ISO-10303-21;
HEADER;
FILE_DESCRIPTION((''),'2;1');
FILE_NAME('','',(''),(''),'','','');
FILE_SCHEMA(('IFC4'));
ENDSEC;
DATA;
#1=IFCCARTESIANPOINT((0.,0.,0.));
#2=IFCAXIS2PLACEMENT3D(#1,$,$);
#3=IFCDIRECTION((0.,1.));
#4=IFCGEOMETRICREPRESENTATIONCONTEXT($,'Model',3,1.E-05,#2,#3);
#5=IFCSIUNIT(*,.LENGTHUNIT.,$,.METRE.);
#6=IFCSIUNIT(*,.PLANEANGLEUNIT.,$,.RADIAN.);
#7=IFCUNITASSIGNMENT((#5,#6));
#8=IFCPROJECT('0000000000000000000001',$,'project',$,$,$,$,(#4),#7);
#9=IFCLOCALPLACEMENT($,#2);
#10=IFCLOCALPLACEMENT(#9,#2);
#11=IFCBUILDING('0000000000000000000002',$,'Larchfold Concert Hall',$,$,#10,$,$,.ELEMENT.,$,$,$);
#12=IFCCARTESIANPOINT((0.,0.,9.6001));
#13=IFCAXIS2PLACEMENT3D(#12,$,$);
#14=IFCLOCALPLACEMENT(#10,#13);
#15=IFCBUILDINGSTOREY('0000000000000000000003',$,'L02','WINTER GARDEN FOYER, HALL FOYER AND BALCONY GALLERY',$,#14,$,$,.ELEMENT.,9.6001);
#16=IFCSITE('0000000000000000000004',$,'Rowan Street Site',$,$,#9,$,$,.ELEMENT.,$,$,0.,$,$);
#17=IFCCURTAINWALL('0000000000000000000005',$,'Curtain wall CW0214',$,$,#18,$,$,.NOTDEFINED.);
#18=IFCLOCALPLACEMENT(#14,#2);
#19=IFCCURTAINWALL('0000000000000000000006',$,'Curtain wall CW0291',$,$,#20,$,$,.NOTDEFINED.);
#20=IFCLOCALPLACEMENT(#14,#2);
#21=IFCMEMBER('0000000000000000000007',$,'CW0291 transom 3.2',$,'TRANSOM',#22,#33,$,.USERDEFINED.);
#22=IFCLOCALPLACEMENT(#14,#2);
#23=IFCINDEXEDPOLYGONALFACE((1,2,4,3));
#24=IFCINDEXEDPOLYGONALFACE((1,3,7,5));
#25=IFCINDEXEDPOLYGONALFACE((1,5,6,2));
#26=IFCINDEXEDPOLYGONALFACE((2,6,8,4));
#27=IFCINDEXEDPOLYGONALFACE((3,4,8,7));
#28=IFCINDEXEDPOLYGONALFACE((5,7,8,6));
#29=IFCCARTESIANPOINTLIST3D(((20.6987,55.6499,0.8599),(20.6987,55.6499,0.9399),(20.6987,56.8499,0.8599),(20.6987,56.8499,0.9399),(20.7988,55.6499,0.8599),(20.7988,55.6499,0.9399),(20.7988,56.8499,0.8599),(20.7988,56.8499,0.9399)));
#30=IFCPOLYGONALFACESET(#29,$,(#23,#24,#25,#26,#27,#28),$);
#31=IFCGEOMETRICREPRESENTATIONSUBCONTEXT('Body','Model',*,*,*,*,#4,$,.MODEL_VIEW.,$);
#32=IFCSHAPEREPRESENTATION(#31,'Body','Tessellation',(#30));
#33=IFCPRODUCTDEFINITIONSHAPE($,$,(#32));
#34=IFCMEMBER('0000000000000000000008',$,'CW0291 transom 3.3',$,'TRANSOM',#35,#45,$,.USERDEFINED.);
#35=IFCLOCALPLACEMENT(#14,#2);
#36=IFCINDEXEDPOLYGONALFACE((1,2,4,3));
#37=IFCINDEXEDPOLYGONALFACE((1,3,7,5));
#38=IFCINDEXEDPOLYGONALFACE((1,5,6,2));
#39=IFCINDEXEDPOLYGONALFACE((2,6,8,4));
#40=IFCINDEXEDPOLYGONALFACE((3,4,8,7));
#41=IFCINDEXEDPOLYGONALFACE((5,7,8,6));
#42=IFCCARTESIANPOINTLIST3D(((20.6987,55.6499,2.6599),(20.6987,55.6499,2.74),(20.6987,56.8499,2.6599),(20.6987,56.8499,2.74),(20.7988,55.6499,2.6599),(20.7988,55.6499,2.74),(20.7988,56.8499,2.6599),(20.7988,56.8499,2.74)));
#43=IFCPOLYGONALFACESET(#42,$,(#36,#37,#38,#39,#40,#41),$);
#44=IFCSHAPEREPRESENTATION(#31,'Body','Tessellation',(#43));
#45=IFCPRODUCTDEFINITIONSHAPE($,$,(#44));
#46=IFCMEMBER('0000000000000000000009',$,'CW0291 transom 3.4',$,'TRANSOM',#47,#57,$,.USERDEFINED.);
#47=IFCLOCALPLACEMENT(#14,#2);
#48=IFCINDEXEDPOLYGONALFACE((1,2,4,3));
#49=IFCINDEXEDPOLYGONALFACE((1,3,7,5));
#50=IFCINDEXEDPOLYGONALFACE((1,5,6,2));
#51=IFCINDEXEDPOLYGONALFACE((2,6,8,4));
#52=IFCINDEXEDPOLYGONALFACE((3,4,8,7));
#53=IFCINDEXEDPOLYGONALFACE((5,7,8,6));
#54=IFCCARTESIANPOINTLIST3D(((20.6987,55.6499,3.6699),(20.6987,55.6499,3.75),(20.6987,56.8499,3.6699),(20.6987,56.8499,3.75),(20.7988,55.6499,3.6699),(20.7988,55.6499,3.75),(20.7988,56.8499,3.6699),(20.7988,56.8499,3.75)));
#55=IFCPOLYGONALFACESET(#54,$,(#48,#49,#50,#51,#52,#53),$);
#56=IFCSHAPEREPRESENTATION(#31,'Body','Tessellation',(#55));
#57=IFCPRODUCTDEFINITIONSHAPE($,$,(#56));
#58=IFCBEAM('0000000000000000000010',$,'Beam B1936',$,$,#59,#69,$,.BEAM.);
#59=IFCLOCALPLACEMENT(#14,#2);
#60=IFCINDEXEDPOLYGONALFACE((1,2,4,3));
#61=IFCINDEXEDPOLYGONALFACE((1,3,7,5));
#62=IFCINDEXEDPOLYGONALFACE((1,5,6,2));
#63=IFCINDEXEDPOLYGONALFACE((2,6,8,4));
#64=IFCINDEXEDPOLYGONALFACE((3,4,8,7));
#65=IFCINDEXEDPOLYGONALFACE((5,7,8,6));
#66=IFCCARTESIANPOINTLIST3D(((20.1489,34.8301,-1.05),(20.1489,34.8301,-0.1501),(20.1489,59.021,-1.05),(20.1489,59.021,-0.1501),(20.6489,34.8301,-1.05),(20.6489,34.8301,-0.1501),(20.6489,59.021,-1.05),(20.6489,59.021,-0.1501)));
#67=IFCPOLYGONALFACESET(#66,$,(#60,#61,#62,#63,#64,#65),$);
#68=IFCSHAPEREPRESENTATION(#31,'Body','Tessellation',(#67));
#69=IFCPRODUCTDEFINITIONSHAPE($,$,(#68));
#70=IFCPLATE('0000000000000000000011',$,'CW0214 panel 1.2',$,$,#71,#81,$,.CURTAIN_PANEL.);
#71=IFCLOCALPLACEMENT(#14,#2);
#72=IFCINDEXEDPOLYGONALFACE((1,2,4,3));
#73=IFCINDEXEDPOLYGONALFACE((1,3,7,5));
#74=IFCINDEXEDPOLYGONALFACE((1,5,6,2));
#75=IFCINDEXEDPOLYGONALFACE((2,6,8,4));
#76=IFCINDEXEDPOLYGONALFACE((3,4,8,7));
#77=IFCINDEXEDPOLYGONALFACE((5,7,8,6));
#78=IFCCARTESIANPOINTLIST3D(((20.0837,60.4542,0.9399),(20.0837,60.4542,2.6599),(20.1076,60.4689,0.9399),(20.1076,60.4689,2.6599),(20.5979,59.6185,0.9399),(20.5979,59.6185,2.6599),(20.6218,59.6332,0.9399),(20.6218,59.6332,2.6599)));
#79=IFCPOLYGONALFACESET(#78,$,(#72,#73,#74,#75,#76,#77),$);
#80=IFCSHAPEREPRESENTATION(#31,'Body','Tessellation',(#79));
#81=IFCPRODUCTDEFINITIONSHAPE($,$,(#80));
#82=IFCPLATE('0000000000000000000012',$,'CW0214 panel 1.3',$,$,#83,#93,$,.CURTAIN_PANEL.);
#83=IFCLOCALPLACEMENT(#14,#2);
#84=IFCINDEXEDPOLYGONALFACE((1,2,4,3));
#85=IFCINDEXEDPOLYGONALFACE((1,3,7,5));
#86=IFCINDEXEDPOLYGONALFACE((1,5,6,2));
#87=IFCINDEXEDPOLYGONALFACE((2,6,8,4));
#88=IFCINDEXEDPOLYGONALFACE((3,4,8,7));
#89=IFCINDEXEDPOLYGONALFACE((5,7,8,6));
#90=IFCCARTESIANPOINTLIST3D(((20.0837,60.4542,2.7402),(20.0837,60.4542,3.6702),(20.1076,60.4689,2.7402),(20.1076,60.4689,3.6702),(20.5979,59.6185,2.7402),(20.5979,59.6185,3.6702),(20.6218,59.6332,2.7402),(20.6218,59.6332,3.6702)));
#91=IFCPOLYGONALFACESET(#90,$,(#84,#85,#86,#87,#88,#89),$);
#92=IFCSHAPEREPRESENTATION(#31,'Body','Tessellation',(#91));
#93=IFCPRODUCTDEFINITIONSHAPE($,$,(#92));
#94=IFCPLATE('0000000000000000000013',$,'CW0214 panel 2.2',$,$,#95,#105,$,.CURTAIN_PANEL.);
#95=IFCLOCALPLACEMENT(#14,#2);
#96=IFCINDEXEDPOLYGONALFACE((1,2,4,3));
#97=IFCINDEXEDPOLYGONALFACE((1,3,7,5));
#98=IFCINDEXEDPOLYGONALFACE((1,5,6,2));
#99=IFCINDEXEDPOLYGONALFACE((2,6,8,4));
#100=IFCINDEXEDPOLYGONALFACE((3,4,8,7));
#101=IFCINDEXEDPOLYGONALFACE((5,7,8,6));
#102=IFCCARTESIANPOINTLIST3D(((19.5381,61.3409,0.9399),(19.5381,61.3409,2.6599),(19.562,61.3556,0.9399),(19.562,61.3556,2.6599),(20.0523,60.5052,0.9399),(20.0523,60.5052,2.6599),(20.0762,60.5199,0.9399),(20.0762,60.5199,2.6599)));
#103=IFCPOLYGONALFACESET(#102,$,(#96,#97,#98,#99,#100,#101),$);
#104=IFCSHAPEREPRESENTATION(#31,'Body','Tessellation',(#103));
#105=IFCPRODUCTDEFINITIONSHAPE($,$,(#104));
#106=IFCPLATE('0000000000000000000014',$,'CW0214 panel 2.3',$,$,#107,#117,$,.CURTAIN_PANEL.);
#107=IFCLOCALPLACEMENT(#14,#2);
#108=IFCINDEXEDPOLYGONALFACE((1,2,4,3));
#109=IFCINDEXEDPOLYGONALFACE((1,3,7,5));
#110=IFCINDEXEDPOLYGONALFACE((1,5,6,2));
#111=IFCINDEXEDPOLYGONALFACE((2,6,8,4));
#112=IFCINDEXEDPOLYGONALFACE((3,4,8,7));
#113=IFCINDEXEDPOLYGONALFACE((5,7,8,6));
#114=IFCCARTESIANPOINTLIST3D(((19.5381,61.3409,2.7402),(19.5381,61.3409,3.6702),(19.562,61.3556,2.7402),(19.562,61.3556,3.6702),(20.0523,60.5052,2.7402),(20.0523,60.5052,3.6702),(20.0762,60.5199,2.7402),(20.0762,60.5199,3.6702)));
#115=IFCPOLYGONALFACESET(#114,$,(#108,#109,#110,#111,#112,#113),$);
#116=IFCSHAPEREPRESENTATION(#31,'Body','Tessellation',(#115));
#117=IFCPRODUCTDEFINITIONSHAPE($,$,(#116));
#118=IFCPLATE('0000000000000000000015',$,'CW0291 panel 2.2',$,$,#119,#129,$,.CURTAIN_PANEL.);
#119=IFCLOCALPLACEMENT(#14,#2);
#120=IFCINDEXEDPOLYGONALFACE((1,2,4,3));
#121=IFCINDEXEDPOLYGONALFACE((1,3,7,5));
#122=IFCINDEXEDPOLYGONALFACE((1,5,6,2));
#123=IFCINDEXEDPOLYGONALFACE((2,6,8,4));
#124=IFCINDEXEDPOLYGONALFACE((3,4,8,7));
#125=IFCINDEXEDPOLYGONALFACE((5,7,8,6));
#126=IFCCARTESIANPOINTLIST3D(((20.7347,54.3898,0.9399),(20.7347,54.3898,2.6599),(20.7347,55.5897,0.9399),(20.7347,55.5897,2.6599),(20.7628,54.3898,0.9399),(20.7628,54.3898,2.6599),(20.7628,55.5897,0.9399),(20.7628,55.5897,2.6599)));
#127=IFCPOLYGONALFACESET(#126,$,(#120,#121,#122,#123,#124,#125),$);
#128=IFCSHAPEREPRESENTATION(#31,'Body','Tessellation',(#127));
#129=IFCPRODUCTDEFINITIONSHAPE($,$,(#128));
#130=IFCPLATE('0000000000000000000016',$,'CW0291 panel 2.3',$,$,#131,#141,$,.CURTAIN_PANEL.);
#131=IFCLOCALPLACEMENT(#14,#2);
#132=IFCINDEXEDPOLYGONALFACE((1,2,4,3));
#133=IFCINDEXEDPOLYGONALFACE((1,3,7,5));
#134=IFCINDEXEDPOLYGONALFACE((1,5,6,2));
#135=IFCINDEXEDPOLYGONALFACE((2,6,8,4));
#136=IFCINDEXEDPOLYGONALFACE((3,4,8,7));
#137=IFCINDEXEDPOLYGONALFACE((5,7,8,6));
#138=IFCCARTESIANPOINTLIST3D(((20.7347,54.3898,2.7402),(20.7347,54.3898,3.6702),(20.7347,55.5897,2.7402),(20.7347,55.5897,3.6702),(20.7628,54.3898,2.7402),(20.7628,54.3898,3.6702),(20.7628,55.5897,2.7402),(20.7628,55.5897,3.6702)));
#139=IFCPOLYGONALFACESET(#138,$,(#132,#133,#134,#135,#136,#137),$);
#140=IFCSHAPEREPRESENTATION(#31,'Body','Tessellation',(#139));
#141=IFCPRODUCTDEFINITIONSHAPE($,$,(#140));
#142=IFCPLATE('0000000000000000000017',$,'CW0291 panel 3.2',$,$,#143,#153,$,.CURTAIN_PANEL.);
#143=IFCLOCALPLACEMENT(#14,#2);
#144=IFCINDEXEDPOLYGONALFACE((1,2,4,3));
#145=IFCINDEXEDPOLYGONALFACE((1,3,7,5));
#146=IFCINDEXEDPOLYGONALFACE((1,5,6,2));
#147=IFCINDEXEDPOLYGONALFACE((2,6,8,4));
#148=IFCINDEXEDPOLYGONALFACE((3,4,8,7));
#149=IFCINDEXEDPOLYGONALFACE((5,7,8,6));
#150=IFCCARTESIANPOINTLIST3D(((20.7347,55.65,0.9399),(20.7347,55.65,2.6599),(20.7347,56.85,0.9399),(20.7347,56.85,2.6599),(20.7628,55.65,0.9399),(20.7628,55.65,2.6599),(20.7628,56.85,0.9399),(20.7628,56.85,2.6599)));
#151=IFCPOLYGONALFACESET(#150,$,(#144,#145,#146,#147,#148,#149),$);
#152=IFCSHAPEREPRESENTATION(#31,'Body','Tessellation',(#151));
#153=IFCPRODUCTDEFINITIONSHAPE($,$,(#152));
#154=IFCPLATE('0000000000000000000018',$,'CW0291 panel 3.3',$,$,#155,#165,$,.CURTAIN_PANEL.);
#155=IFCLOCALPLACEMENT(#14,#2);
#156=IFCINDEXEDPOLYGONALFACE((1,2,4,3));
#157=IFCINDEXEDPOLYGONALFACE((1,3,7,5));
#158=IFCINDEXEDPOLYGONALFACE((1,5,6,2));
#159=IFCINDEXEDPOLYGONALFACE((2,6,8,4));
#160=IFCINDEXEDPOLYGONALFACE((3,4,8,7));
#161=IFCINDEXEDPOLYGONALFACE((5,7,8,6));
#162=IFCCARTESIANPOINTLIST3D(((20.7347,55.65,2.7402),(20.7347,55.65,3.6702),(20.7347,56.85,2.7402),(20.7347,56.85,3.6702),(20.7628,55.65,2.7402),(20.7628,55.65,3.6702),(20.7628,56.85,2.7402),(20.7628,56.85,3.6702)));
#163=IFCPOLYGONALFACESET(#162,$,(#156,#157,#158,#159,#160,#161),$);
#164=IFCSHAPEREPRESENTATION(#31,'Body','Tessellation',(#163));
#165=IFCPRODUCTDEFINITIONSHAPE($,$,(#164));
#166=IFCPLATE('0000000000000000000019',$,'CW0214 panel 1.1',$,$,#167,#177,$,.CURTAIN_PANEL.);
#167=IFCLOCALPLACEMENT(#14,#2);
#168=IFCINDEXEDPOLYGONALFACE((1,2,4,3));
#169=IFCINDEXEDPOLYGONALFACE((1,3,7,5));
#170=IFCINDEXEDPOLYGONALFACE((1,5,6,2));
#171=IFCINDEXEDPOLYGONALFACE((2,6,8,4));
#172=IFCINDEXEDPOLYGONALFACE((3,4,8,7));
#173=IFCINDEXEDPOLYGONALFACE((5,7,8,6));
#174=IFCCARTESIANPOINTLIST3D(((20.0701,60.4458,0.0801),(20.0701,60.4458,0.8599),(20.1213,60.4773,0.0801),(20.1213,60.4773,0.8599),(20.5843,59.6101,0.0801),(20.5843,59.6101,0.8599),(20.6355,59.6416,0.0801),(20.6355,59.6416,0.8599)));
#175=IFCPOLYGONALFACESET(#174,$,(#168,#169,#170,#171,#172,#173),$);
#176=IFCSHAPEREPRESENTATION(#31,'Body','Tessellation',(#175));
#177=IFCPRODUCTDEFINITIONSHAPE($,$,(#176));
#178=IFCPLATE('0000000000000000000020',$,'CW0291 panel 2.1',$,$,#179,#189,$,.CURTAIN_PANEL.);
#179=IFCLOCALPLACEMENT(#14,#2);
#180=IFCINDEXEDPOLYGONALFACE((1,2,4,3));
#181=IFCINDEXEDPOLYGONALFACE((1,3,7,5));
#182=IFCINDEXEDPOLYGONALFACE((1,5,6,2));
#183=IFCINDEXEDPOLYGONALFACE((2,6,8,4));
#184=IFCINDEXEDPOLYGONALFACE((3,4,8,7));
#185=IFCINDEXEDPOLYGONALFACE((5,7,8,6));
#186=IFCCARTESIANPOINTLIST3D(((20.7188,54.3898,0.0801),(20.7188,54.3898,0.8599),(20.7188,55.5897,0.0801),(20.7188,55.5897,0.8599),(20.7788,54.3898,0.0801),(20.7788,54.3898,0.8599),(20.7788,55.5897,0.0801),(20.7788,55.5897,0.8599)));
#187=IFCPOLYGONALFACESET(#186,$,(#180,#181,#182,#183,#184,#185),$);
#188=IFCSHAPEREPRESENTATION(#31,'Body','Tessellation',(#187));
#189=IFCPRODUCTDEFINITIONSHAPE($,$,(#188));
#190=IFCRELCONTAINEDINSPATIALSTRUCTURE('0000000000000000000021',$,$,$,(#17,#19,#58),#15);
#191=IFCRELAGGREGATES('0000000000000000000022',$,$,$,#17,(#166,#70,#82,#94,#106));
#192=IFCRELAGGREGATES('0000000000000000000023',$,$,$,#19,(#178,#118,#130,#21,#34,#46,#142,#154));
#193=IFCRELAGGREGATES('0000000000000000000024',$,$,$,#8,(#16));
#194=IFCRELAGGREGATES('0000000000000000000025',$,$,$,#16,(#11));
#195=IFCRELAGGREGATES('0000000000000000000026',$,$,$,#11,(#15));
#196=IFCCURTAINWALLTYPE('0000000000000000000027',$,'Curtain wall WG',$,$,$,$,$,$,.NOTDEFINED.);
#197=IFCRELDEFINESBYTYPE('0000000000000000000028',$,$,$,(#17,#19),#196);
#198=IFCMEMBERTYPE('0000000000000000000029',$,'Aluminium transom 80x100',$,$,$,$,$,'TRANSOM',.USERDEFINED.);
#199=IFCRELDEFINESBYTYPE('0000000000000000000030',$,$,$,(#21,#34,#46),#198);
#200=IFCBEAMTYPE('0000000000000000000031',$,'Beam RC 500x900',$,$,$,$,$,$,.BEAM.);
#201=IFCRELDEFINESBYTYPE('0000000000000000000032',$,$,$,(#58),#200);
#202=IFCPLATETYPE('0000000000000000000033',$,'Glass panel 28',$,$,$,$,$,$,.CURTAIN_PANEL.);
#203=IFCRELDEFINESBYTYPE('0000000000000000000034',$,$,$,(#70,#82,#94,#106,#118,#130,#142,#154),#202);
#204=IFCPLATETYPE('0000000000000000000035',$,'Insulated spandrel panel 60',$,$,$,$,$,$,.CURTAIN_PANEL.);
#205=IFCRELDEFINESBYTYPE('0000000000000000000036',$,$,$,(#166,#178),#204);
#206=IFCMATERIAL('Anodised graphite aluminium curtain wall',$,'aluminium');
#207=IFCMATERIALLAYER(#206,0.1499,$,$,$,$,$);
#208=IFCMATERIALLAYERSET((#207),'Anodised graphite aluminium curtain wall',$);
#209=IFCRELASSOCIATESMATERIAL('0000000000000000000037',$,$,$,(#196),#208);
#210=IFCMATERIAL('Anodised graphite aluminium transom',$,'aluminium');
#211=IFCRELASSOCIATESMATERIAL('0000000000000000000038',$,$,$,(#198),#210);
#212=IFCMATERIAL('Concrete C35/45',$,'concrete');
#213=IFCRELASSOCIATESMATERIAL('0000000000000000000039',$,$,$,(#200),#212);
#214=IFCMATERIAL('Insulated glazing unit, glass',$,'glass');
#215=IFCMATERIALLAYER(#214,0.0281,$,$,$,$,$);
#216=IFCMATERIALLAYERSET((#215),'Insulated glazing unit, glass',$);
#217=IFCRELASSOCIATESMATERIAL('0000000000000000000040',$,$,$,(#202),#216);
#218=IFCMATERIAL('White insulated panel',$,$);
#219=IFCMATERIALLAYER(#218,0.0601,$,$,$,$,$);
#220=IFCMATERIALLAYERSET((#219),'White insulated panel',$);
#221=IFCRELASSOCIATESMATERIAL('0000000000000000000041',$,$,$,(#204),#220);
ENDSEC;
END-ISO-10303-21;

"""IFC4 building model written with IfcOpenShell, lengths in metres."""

from ifc_helpers import new_model, si_unit, direction, frame, origin, origin_2d, place, context, subcontext, project, spatial, rectangle, extrude, material, layer, layer_set, material_profile, profile_set, type_object, element, aggregate, save


model = new_model("IFC4")

# Units and contexts
model_context = context("Model", 3, precision=1e-05, world=origin(), true_north=direction((0.0, 1.0)))
body_context = subcontext(model_context, "Body", "Model", "MODEL_VIEW")
ifc_project = project(units=[si_unit("LENGTHUNIT", "METRE"), si_unit("PLANEANGLEUNIT", "RADIAN")], contexts=[model_context])

# Site, building, storey
site_placement = place(None, origin())
site = spatial("IfcSite", under=ifc_project, at=site_placement, Name="Rowan Street Site", CompositionType="ELEMENT", RefElevation=0.0)
building_placement = place(site_placement, origin())
building = spatial("IfcBuilding", under=site, at=building_placement, Name="Larchfold Concert Hall", CompositionType="ELEMENT")
storey_placement = place(building_placement, frame((0.0, 0.0, 9.6001)))
storey = spatial("IfcBuildingStorey", under=building, at=storey_placement, Name="L02", Description="WINTER GARDEN FOYER, HALL FOYER AND BALCONY GALLERY", CompositionType="ELEMENT", Elevation=9.6001)

# Curtain wall
ifc_material_1 = material(Name="Anodised graphite aluminium curtain wall", Category="aluminium")
ifc_layer_1 = layer(ifc_material_1, 0.1499)
ifc_layer_set_1 = layer_set([ifc_layer_1], Name="Anodised graphite aluminium curtain wall")
curtain_wall_type = type_object("IfcCurtainWallType", Name="Curtain wall WG", PredefinedType="NOTDEFINED", material=ifc_layer_set_1)
curtain_wall_1_placement = place(storey_placement, origin())
curtain_wall_1 = element("IfcCurtainWall", 1, at=curtain_wall_1_placement, inside=storey, type_object=curtain_wall_type, Name="Curtain wall CW0214", PredefinedType="NOTDEFINED")

# Curtain wall
curtain_wall_2_placement = place(storey_placement, origin())
curtain_wall_2 = element("IfcCurtainWall", 2, at=curtain_wall_2_placement, inside=storey, type_object=curtain_wall_type, Name="Curtain wall CW0291", PredefinedType="NOTDEFINED")

# Members
ifc_material_2 = material(Name="Anodised graphite aluminium transom", Category="aluminium")
ifc_material_profile_1 = material_profile(ifc_material_2, rectangle(XDim=0.1001, YDim=0.0801, at=origin_2d()))
ifc_profile_set_1 = profile_set([ifc_material_profile_1], Name="Anodised graphite aluminium transom")
member_type_1 = type_object("IfcMemberType", Name="Aluminium transom 80x100", ElementType="TRANSOM", PredefinedType="USERDEFINED", material=ifc_profile_set_1)
member_1_placement = place(storey_placement, frame((20.7488, 55.6499, 0.8999), z_axis=(0.0, 1.0, 0.0), x_axis=(-1.0, 0.0, 0.0)))
member_1 = element("IfcMember", 3, at=member_1_placement, type_object=member_type_1, Name="CW0291 transom 3.2", ObjectType="TRANSOM", PredefinedType="USERDEFINED", context=body_context, shape_type="SweptSolid", body=[
    extrude(rectangle(XDim=0.1001, YDim=0.0801, at=origin_2d()), origin(), (0.0, 0.0, 1.0), 1.2),
])
member_2_placement = place(storey_placement, frame((20.7488, 55.6499, 2.7), z_axis=(0.0, 1.0, 0.0), x_axis=(-1.0, 0.0, 0.0)))
member_2 = element("IfcMember", 4, at=member_2_placement, type_object=member_type_1, Name="CW0291 transom 3.3", ObjectType="TRANSOM", PredefinedType="USERDEFINED", context=body_context, shape_type="SweptSolid", body=[
    extrude(rectangle(XDim=0.1001, YDim=0.0801, at=origin_2d()), origin(), (0.0, 0.0, 1.0), 1.2),
])
member_3_placement = place(storey_placement, frame((20.7488, 55.6499, 3.71), z_axis=(0.0, 1.0, 0.0), x_axis=(-1.0, 0.0, 0.0)))
member_3 = element("IfcMember", 5, at=member_3_placement, type_object=member_type_1, Name="CW0291 transom 3.4", ObjectType="TRANSOM", PredefinedType="USERDEFINED", context=body_context, shape_type="SweptSolid", body=[
    extrude(rectangle(XDim=0.1001, YDim=0.0801, at=origin_2d()), origin(), (0.0, 0.0, 1.0), 1.2),
])

# Beam
ifc_material_3 = material(Name="Concrete C35/45", Category="concrete")
ifc_material_profile_2 = material_profile(ifc_material_3, rectangle(XDim=0.5, YDim=0.8999, at=origin_2d()))
ifc_profile_set_2 = profile_set([ifc_material_profile_2], Name="Concrete C35/45")
beam_type = type_object("IfcBeamType", Name="Beam RC 500x900", PredefinedType="BEAM", material=ifc_profile_set_2)
beam_placement = place(storey_placement, frame((20.3989, 59.021, -0.6001), z_axis=(0.0, -1.0, 0.0), x_axis=(1.0, 0.0, 0.0)))
element("IfcBeam", 6, at=beam_placement, inside=storey, type_object=beam_type, Name="Beam B1936", PredefinedType="BEAM", context=body_context, shape_type="SweptSolid", body=[
    extrude(rectangle(XDim=0.5, YDim=0.8999, at=origin_2d()), origin(), (0.0, 0.0, 1.0), 24.1909),
])

# Plates
ifc_material_4 = material(Name="Insulated glazing unit, glass", Category="glass")
ifc_layer_2 = layer(ifc_material_4, 0.0281)
ifc_layer_set_2 = layer_set([ifc_layer_2], Name="Insulated glazing unit, glass")
plate_type_1 = type_object("IfcPlateType", Name="Glass panel 28", PredefinedType="CURTAIN_PANEL", material=ifc_layer_set_2)
plate_1_placement = place(storey_placement, frame((20.3528, 60.0437, 0.9399), z_axis=(0.0, 0.0, 1.0), x_axis=(-0.524066, 0.851678, 0.0)))
plate_1 = element("IfcPlate", 7, at=plate_1_placement, type_object=plate_type_1, Name="CW0214 panel 1.2", PredefinedType="CURTAIN_PANEL", context=body_context, shape_type="SweptSolid", body=[
    extrude(rectangle(XDim=0.9812, YDim=0.0281, at=origin_2d()), origin(), (0.0, 0.0, 1.0), 1.72),
])
plate_2_placement = place(storey_placement, frame((20.3528, 60.0437, 2.7402), z_axis=(0.0, 0.0, 1.0), x_axis=(-0.524066, 0.851678, 0.0)))
plate_2 = element("IfcPlate", 8, at=plate_2_placement, type_object=plate_type_1, Name="CW0214 panel 1.3", PredefinedType="CURTAIN_PANEL", context=body_context, shape_type="SweptSolid", body=[
    extrude(rectangle(XDim=0.9812, YDim=0.0281, at=origin_2d()), origin(), (0.0, 0.0, 1.0), 0.9299),
])
plate_3_placement = place(storey_placement, frame((19.8071, 60.9304, 0.9399), z_axis=(0.0, 0.0, 1.0), x_axis=(-0.524066, 0.851678, 0.0)))
plate_3 = element("IfcPlate", 9, at=plate_3_placement, type_object=plate_type_1, Name="CW0214 panel 2.2", PredefinedType="CURTAIN_PANEL", context=body_context, shape_type="SweptSolid", body=[
    extrude(rectangle(XDim=0.9812, YDim=0.0281, at=origin_2d()), origin(), (0.0, 0.0, 1.0), 1.72),
])
plate_4_placement = place(storey_placement, frame((19.8071, 60.9304, 2.7402), z_axis=(0.0, 0.0, 1.0), x_axis=(-0.524066, 0.851678, 0.0)))
plate_4 = element("IfcPlate", 10, at=plate_4_placement, type_object=plate_type_1, Name="CW0214 panel 2.3", PredefinedType="CURTAIN_PANEL", context=body_context, shape_type="SweptSolid", body=[
    extrude(rectangle(XDim=0.9812, YDim=0.0281, at=origin_2d()), origin(), (0.0, 0.0, 1.0), 0.9299),
])
plate_5_placement = place(storey_placement, frame((20.7488, 54.9897, 0.9399), z_axis=(0.0, 0.0, 1.0), x_axis=(0.0, 1.0, 0.0)))
plate_5 = element("IfcPlate", 11, at=plate_5_placement, type_object=plate_type_1, Name="CW0291 panel 2.2", PredefinedType="CURTAIN_PANEL", context=body_context, shape_type="SweptSolid", body=[
    extrude(rectangle(XDim=1.2, YDim=0.0281, at=origin_2d()), origin(), (0.0, 0.0, 1.0), 1.72),
])
plate_6_placement = place(storey_placement, frame((20.7488, 54.9897, 2.7402), z_axis=(0.0, 0.0, 1.0), x_axis=(0.0, 1.0, 0.0)))
plate_6 = element("IfcPlate", 12, at=plate_6_placement, type_object=plate_type_1, Name="CW0291 panel 2.3", PredefinedType="CURTAIN_PANEL", context=body_context, shape_type="SweptSolid", body=[
    extrude(rectangle(XDim=1.2, YDim=0.0281, at=origin_2d()), origin(), (0.0, 0.0, 1.0), 0.9299),
])
plate_7_placement = place(storey_placement, frame((20.7488, 56.25, 0.9399), z_axis=(0.0, 0.0, 1.0), x_axis=(0.0, 1.0, 0.0)))
plate_7 = element("IfcPlate", 13, at=plate_7_placement, type_object=plate_type_1, Name="CW0291 panel 3.2", PredefinedType="CURTAIN_PANEL", context=body_context, shape_type="SweptSolid", body=[
    extrude(rectangle(XDim=1.2, YDim=0.0281, at=origin_2d()), origin(), (0.0, 0.0, 1.0), 1.72),
])
plate_8_placement = place(storey_placement, frame((20.7488, 56.25, 2.7402), z_axis=(0.0, 0.0, 1.0), x_axis=(0.0, 1.0, 0.0)))
plate_8 = element("IfcPlate", 14, at=plate_8_placement, type_object=plate_type_1, Name="CW0291 panel 3.3", PredefinedType="CURTAIN_PANEL", context=body_context, shape_type="SweptSolid", body=[
    extrude(rectangle(XDim=1.2, YDim=0.0281, at=origin_2d()), origin(), (0.0, 0.0, 1.0), 0.9299),
])
ifc_material_5 = material(Name="White insulated panel")
ifc_layer_3 = layer(ifc_material_5, 0.0601)
ifc_layer_set_3 = layer_set([ifc_layer_3], Name="White insulated panel")
plate_type_2 = type_object("IfcPlateType", Name="Insulated spandrel panel 60", PredefinedType="CURTAIN_PANEL", material=ifc_layer_set_3)
plate_9_placement = place(storey_placement, frame((20.3528, 60.0437, 0.0801), z_axis=(0.0, 0.0, 1.0), x_axis=(-0.524066, 0.851678, 0.0)))
plate_9 = element("IfcPlate", 15, at=plate_9_placement, type_object=plate_type_2, Name="CW0214 panel 1.1", PredefinedType="CURTAIN_PANEL", context=body_context, shape_type="SweptSolid", body=[
    extrude(rectangle(XDim=0.9812, YDim=0.0601, at=origin_2d()), origin(), (0.0, 0.0, 1.0), 0.7798),
])
aggregate(curtain_wall_1, [plate_9, plate_1, plate_2, plate_3, plate_4])
plate_10_placement = place(storey_placement, frame((20.7488, 54.9897, 0.0801), z_axis=(0.0, 0.0, 1.0), x_axis=(0.0, 1.0, 0.0)))
plate_10 = element("IfcPlate", 16, at=plate_10_placement, type_object=plate_type_2, Name="CW0291 panel 2.1", PredefinedType="CURTAIN_PANEL", context=body_context, shape_type="SweptSolid", body=[
    extrude(rectangle(XDim=1.2, YDim=0.0601, at=origin_2d()), origin(), (0.0, 0.0, 1.0), 0.7798),
])
aggregate(curtain_wall_2, [plate_10, plate_5, plate_6, member_1, member_2, member_3, plate_7, plate_8])

save(model, "model.ifc")
